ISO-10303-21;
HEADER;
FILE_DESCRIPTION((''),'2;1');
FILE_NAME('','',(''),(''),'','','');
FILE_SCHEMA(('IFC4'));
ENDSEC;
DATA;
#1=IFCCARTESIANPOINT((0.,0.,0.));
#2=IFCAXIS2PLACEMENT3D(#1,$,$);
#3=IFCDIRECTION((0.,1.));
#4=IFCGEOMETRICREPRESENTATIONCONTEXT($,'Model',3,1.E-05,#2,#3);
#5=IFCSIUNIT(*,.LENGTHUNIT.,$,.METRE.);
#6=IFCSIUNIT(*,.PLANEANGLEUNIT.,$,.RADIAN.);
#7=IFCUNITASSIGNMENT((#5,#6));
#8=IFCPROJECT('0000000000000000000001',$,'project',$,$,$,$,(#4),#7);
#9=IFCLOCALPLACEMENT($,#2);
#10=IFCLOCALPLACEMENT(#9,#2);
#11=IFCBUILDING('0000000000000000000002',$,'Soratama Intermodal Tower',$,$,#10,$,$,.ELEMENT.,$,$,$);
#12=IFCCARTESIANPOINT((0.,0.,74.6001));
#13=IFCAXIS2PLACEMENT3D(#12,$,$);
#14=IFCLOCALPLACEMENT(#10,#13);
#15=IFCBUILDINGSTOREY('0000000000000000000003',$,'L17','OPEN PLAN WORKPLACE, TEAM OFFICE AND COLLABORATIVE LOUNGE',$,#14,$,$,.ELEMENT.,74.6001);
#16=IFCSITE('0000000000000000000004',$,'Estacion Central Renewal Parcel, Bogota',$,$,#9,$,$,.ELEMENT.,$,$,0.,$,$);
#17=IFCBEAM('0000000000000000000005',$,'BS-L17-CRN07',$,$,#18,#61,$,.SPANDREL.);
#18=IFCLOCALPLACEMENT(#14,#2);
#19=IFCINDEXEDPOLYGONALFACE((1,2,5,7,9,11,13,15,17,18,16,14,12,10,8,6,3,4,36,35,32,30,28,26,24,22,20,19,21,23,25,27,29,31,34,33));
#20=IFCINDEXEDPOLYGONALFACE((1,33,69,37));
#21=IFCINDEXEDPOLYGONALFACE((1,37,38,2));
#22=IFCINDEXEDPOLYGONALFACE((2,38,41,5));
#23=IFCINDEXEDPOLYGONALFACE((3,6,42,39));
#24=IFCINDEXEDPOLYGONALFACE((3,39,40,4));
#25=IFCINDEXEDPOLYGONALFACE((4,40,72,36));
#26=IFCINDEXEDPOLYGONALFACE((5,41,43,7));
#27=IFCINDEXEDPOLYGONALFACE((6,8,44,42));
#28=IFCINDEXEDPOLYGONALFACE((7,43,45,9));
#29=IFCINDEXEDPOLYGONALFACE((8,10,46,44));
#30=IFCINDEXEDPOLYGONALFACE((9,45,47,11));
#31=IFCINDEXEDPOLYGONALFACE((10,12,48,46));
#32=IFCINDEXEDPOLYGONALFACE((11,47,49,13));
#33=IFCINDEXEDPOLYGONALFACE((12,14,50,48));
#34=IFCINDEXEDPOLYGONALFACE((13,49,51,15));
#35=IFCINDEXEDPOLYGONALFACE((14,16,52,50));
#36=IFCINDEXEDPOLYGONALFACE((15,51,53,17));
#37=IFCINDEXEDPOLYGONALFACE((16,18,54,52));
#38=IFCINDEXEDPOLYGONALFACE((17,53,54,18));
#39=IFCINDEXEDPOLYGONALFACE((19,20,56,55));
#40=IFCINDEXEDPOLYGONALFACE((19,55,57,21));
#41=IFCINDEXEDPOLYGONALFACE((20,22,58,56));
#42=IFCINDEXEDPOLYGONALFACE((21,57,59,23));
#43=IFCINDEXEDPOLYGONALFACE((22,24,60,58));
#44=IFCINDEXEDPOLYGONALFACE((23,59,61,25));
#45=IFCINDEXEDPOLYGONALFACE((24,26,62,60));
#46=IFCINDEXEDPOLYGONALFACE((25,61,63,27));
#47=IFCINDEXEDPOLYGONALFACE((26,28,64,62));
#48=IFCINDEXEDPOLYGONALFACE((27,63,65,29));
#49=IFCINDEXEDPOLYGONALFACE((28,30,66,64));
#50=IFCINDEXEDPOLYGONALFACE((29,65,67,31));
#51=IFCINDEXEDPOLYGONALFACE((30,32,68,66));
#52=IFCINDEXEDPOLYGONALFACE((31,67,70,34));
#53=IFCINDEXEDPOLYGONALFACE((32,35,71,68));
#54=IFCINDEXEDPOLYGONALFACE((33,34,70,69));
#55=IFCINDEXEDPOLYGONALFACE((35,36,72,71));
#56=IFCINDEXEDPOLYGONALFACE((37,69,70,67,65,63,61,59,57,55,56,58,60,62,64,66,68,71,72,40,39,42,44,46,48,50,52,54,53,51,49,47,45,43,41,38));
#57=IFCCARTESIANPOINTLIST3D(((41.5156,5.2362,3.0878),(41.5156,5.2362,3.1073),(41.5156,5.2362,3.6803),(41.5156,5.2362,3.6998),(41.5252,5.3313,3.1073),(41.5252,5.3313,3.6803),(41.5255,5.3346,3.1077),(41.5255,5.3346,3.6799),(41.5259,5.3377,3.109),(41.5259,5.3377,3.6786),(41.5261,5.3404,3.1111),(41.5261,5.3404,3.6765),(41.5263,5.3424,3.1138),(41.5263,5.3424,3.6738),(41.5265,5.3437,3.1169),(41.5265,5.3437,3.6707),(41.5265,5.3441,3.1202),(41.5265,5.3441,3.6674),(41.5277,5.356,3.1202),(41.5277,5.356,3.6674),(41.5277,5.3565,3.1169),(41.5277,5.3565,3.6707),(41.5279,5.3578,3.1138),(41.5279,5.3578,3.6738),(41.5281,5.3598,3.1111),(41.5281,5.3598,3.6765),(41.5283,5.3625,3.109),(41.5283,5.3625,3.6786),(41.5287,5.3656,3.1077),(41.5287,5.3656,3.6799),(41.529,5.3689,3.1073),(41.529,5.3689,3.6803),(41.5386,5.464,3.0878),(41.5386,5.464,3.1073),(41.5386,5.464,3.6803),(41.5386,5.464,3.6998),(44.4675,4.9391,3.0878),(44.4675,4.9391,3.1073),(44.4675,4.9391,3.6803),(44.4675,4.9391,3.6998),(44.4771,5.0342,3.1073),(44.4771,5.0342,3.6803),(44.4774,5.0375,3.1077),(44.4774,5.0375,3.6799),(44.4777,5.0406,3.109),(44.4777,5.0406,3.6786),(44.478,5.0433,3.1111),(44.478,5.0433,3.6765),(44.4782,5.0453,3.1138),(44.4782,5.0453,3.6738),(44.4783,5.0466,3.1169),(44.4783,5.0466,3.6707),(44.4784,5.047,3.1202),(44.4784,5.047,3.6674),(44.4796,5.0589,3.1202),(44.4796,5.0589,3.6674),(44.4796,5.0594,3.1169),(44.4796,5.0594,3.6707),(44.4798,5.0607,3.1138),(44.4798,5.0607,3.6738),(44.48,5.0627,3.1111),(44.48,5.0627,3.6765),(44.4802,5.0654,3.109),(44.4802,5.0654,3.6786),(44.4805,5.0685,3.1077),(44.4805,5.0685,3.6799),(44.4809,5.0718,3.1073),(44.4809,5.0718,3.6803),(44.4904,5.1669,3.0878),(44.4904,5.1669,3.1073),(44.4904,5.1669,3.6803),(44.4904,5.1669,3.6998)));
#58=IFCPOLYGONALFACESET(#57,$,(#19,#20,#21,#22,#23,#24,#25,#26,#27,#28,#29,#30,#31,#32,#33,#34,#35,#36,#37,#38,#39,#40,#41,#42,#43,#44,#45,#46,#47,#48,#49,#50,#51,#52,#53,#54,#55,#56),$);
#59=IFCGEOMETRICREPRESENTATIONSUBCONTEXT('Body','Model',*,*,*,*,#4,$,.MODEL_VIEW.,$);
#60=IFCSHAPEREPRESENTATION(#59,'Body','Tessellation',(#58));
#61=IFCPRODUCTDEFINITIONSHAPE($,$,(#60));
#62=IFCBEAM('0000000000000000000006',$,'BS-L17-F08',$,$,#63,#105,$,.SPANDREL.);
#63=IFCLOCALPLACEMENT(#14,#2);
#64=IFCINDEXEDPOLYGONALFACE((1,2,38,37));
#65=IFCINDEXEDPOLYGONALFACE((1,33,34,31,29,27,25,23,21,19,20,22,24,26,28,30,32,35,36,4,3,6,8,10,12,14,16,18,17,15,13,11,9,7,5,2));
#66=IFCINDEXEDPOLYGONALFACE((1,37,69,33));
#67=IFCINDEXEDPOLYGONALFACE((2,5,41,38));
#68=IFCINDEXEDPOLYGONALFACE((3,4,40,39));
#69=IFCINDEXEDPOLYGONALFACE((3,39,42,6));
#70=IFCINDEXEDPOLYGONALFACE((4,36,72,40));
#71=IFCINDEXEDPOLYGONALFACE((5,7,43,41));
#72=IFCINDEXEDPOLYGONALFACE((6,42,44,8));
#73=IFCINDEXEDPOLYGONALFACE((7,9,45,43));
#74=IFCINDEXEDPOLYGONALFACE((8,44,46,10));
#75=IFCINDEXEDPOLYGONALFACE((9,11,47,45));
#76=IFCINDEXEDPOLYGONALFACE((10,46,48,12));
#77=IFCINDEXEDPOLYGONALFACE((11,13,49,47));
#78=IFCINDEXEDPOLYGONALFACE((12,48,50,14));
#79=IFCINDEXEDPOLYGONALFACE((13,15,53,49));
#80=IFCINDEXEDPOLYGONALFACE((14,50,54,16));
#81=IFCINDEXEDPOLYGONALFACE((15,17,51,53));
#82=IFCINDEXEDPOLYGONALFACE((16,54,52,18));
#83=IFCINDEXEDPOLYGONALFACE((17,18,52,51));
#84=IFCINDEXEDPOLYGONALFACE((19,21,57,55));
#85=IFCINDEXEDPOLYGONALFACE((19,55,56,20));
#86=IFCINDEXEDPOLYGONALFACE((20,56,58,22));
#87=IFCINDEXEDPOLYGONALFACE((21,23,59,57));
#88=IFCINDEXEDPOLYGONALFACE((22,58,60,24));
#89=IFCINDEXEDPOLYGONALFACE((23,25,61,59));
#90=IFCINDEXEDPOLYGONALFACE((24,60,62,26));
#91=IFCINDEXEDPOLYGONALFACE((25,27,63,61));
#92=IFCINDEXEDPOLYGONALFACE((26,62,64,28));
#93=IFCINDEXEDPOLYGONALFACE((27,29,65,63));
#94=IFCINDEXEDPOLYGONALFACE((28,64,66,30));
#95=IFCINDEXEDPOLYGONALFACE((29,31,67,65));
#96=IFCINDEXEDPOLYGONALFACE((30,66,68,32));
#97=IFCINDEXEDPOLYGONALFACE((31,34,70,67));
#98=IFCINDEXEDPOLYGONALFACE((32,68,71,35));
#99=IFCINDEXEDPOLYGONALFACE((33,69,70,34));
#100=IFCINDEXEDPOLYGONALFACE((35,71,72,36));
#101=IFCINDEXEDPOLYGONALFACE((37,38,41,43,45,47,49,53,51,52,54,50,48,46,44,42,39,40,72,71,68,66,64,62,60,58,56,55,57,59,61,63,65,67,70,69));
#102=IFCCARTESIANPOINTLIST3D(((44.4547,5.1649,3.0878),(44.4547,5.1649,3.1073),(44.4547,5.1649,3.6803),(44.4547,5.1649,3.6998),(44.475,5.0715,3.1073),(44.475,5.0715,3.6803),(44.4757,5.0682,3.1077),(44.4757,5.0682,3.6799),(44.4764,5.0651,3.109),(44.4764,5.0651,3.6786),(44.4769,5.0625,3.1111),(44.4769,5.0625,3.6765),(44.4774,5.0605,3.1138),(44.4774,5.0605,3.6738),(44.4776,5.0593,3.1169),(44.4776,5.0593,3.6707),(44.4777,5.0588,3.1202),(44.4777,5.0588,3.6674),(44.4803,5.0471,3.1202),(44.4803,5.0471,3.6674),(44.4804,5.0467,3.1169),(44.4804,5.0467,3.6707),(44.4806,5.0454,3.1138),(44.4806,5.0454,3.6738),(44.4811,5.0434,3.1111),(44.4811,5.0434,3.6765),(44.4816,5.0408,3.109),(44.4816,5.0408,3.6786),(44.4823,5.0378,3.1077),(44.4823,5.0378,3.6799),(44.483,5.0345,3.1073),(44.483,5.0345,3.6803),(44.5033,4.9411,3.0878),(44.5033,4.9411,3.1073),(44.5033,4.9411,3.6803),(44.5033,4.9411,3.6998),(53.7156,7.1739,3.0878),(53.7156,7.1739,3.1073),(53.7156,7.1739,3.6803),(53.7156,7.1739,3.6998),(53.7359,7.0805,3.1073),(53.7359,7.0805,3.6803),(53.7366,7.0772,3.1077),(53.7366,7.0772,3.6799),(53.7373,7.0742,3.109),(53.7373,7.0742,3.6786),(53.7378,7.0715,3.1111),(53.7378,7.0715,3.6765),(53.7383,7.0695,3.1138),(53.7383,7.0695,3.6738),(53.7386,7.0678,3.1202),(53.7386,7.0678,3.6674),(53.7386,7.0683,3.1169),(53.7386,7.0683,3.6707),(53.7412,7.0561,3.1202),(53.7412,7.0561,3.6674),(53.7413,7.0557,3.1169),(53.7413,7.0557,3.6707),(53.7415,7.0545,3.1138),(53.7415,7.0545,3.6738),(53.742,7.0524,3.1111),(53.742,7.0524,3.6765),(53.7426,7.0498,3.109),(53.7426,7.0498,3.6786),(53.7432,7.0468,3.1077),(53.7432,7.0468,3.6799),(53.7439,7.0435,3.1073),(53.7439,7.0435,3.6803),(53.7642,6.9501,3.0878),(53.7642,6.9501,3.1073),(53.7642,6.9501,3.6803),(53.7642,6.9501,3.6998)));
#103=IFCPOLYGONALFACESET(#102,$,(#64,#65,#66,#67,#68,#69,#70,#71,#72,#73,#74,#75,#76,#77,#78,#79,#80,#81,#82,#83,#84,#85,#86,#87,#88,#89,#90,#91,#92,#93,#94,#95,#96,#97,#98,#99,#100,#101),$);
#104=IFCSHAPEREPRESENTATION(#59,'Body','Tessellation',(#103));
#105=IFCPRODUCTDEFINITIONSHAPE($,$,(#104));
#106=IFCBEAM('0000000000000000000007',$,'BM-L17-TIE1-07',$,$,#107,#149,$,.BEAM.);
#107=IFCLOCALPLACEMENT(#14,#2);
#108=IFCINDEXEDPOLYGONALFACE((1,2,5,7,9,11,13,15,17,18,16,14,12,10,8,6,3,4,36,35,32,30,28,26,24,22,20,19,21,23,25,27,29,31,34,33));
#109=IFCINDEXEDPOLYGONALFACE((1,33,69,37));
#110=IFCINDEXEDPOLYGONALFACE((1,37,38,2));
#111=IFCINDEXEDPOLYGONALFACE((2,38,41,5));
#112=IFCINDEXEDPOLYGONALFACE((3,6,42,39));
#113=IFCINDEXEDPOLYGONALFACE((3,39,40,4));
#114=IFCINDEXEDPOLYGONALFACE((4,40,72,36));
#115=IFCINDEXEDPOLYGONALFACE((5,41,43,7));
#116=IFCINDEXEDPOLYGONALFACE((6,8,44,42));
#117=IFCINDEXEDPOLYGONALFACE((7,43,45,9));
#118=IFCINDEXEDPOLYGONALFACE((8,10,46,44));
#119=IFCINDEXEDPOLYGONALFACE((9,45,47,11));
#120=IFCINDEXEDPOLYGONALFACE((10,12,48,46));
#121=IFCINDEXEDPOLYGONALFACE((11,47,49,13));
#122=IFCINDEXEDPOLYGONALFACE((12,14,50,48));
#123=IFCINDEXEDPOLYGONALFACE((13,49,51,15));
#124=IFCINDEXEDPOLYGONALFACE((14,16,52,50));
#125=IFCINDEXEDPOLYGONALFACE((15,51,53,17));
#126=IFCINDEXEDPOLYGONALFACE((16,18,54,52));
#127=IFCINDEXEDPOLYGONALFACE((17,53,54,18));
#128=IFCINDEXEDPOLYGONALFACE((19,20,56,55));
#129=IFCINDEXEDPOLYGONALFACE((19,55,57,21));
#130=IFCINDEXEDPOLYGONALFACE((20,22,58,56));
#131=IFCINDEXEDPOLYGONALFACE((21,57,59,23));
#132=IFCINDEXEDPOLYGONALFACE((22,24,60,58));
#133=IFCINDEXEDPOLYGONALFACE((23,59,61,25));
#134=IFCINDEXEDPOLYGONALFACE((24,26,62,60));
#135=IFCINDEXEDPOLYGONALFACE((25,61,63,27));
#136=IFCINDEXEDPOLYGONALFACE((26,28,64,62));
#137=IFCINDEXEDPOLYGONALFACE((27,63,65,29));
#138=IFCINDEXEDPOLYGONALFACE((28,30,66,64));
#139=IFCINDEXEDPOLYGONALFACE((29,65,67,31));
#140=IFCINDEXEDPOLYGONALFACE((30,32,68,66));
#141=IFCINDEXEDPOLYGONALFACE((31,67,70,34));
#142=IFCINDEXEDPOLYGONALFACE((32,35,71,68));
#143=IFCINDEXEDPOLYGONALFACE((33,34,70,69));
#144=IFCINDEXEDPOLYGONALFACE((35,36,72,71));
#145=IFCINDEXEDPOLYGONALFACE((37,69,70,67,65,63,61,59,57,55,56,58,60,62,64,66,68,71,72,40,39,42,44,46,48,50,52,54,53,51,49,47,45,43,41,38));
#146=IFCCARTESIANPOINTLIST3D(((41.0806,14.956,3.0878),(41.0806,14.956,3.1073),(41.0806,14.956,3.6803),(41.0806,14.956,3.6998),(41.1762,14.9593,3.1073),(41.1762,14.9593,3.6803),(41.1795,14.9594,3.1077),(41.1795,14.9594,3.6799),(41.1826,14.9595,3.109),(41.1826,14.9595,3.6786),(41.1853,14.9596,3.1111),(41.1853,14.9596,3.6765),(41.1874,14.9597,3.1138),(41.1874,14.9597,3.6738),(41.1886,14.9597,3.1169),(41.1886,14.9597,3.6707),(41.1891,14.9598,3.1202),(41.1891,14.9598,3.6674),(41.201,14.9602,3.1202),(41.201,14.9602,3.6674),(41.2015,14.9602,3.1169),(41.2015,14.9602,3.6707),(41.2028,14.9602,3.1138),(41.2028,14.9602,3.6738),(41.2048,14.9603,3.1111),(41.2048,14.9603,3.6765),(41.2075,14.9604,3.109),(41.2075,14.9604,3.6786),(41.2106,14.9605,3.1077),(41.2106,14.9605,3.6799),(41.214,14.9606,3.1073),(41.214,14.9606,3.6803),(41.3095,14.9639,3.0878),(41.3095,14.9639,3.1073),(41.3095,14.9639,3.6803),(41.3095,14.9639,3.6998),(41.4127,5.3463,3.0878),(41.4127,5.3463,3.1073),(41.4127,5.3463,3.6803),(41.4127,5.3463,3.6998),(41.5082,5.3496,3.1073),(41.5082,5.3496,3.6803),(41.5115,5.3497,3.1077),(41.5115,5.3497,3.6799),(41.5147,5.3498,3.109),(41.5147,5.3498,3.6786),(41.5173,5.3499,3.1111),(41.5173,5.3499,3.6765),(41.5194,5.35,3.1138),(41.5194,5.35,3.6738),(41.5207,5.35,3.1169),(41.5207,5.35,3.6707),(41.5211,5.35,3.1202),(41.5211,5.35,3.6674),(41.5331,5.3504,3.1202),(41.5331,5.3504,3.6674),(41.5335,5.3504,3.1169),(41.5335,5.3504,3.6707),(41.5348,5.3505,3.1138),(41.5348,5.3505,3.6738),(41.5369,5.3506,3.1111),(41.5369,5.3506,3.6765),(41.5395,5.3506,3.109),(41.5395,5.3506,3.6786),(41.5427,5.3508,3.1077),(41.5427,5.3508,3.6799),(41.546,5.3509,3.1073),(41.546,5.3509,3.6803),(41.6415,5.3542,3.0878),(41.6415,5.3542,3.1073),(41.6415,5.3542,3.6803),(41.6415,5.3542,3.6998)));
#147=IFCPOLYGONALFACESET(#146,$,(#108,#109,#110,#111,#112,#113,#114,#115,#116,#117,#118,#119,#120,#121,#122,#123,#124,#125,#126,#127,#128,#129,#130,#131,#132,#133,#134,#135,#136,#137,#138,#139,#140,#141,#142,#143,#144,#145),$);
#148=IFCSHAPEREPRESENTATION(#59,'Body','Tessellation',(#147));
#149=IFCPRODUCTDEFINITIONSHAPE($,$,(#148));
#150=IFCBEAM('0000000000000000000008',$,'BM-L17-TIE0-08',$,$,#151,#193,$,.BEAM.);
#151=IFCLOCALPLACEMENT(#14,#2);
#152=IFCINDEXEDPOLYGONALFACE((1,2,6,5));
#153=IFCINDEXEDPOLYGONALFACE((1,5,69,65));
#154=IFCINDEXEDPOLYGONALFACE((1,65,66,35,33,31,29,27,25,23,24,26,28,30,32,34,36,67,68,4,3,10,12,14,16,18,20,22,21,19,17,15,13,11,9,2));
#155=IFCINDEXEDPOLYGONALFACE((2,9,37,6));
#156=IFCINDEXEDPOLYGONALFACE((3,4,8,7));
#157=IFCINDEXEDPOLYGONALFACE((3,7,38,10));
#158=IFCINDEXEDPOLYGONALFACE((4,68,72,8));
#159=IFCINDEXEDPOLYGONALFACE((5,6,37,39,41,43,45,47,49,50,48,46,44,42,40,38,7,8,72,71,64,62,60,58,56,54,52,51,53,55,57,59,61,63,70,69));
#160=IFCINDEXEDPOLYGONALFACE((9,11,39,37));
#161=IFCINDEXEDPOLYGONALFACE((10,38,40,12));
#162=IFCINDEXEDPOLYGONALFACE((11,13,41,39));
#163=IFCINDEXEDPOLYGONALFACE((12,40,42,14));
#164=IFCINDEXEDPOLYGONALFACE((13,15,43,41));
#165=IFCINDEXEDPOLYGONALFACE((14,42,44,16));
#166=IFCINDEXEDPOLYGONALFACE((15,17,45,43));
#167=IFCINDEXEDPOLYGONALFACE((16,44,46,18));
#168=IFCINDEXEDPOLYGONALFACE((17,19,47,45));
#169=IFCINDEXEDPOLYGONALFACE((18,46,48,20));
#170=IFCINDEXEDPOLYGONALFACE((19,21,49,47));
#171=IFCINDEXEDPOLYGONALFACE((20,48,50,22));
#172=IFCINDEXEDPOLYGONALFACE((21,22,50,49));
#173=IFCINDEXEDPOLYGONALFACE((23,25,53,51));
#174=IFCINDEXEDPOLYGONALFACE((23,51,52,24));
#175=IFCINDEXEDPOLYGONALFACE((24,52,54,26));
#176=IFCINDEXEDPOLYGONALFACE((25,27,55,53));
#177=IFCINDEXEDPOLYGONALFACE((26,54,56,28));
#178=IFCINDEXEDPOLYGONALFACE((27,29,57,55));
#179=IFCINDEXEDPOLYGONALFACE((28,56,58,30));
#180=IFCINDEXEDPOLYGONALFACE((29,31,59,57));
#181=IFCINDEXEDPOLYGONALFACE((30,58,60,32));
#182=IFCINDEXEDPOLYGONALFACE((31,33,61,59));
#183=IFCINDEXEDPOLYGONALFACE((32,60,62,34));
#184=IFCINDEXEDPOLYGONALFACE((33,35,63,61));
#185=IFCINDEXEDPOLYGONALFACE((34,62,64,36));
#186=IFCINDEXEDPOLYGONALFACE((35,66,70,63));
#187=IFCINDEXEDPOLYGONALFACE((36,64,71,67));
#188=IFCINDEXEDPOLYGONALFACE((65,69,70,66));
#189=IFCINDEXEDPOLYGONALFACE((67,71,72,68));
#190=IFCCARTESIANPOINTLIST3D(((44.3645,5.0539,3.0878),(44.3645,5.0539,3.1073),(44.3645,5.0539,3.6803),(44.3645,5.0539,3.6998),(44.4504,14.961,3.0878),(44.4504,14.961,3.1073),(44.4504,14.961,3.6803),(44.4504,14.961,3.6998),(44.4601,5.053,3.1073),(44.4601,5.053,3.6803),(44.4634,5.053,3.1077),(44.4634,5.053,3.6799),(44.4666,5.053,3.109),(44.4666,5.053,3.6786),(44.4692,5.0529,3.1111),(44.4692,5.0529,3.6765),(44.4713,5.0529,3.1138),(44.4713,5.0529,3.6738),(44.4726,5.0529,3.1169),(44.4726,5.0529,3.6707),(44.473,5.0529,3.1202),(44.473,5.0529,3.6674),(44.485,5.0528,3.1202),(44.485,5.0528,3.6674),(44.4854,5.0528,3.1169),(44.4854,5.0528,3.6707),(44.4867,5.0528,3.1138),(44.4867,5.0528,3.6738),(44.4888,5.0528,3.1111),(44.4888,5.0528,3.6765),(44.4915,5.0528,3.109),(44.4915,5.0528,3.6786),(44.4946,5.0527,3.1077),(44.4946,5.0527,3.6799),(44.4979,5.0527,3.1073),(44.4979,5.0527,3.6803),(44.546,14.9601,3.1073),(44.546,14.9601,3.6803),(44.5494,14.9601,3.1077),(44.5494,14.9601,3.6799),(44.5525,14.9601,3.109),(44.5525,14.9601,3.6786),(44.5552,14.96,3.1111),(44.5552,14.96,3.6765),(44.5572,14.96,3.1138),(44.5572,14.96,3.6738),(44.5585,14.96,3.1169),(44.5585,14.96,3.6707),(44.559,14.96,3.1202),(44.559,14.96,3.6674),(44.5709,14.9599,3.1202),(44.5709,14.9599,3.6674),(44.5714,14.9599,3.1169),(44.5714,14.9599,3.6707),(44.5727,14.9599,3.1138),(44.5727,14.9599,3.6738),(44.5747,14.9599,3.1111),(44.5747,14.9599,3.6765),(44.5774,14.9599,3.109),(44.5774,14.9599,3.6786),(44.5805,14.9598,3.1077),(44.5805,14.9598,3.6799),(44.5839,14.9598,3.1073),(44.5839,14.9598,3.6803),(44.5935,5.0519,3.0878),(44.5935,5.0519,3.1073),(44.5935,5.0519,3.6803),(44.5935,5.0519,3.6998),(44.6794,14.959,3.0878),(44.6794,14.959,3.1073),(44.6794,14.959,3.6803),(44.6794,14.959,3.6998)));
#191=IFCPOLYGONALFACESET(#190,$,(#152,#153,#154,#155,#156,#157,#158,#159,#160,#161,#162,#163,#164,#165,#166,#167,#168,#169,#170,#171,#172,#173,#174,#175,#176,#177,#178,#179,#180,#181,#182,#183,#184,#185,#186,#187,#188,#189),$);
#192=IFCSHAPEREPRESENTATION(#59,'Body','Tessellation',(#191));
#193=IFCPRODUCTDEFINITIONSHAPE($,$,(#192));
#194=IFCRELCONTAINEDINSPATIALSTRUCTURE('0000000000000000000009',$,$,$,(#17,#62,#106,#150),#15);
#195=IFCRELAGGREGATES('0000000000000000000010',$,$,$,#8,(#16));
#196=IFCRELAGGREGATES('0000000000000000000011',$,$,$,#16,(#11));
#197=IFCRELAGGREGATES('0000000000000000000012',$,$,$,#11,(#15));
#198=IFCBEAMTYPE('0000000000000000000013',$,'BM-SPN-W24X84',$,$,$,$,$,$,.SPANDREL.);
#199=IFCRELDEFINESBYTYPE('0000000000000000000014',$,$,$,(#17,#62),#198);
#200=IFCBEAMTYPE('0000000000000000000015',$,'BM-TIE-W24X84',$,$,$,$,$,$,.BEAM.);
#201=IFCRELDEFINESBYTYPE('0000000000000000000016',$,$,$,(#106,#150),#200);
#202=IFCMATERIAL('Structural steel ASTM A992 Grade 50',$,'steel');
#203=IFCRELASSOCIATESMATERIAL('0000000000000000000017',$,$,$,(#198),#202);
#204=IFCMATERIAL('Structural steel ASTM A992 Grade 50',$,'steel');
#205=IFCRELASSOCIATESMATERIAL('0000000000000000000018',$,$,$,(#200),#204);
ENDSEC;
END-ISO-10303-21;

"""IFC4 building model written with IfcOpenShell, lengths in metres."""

from ifc_helpers import new_model, si_unit, direction, frame, origin, origin_2d, place, context, subcontext, project, spatial, i_section, extrude, material, material_profile, profile_set, type_object, element, save


model = new_model("IFC4")

# Units and contexts
model_context = context("Model", 3, precision=1e-05, world=origin(), true_north=direction((0.0, 1.0)))
body_context = subcontext(model_context, "Body", "Model", "MODEL_VIEW")
ifc_project = project(units=[si_unit("LENGTHUNIT", "METRE"), si_unit("PLANEANGLEUNIT", "RADIAN")], contexts=[model_context])

# Site, building, storey
site_placement = place(None, origin())
site = spatial("IfcSite", under=ifc_project, at=site_placement, Name="Estacion Central Renewal Parcel, Bogota", CompositionType="ELEMENT", RefElevation=0.0)
building_placement = place(site_placement, origin())
building = spatial("IfcBuilding", under=site, at=building_placement, Name="Soratama Intermodal Tower", CompositionType="ELEMENT")
storey_placement = place(building_placement, frame((0.0, 0.0, 74.6001)))
storey = spatial("IfcBuildingStorey", under=building, at=storey_placement, Name="L17", Description="OPEN PLAN WORKPLACE, TEAM OFFICE AND COLLABORATIVE LOUNGE", CompositionType="ELEMENT", Elevation=74.6001)

# Beams
ifc_material_1 = material(Name="Structural steel ASTM A992 Grade 50", Category="steel")
ifc_material_profile_1 = material_profile(ifc_material_1, i_section(OverallWidth=0.229, OverallDepth=0.6121, WebThickness=0.012, FlangeThickness=0.0195, FilletRadius=0.0129, at=origin_2d()), Name="W24X84")
ifc_profile_set_1 = profile_set([ifc_material_profile_1], Name="Structural steel ASTM A992 Grade 50")
beam_type_1 = type_object("IfcBeamType", Name="BM-SPN-W24X84", PredefinedType="SPANDREL", material=ifc_profile_set_1)
beam_1_placement = place(storey_placement, frame((41.5271, 5.3501, 3.3938), z_axis=(0.994973, -0.100147, 0.0), x_axis=(0.100147, 0.994973, 0.0)))
element("IfcBeam", 1, at=beam_1_placement, inside=storey, type_object=beam_type_1, Name="BS-L17-CRN07", PredefinedType="SPANDREL", context=body_context, shape_type="SweptSolid", body=[
    extrude(i_section(OverallWidth=0.229, OverallDepth=0.6121, WebThickness=0.012, FlangeThickness=0.0195, FilletRadius=0.0129, at=origin_2d()), origin(), (0.0, 0.0, 1.0), 2.9668),
])
beam_2_placement = place(storey_placement, frame((44.479, 5.053, 3.3938), z_axis=(0.977269, 0.212004, 0.0), x_axis=(-0.212004, 0.977269, 0.0)))
element("IfcBeam", 2, at=beam_2_placement, inside=storey, type_object=beam_type_1, Name="BS-L17-F08", PredefinedType="SPANDREL", context=body_context, shape_type="SweptSolid", body=[
    extrude(i_section(OverallWidth=0.229, OverallDepth=0.6121, WebThickness=0.012, FlangeThickness=0.0195, FilletRadius=0.0129, at=origin_2d()), origin(), (0.0, 0.0, 1.0), 9.4763),
])
ifc_material_2 = material(Name="Structural steel ASTM A992 Grade 50", Category="steel")
ifc_material_profile_2 = material_profile(ifc_material_2, i_section(OverallWidth=0.229, OverallDepth=0.6121, WebThickness=0.012, FlangeThickness=0.0195, FilletRadius=0.0129, at=origin_2d()), Name="W24X84")
ifc_profile_set_2 = profile_set([ifc_material_profile_2], Name="Structural steel ASTM A992 Grade 50")
beam_type_2 = type_object("IfcBeamType", Name="BM-TIE-W24X84", PredefinedType="BEAM", material=ifc_profile_set_2)
beam_3_placement = place(storey_placement, frame((41.1951, 14.96, 3.3938), z_axis=(0.03453, -0.999404, 0.0), x_axis=(0.999404, 0.03453, 0.0)))
element("IfcBeam", 3, at=beam_3_placement, inside=storey, type_object=beam_type_2, Name="BM-L17-TIE1-07", PredefinedType="BEAM", context=body_context, shape_type="SweptSolid", body=[
    extrude(i_section(OverallWidth=0.229, OverallDepth=0.6121, WebThickness=0.012, FlangeThickness=0.0195, FilletRadius=0.0129, at=origin_2d()), origin(), (0.0, 0.0, 1.0), 9.6155),
])
beam_4_placement = place(storey_placement, frame((44.5649, 14.96, 3.3938), z_axis=(-0.008674, -0.999962, 0.0), x_axis=(0.999962, -0.008674, 0.0)))
element("IfcBeam", 4, at=beam_4_placement, inside=storey, type_object=beam_type_2, Name="BM-L17-TIE0-08", PredefinedType="BEAM", context=body_context, shape_type="SweptSolid", body=[
    extrude(i_section(OverallWidth=0.229, OverallDepth=0.6121, WebThickness=0.012, FlangeThickness=0.0195, FilletRadius=0.0129, at=origin_2d()), origin(), (0.0, 0.0, 1.0), 9.9075),
])

save(model, "model.ifc")
